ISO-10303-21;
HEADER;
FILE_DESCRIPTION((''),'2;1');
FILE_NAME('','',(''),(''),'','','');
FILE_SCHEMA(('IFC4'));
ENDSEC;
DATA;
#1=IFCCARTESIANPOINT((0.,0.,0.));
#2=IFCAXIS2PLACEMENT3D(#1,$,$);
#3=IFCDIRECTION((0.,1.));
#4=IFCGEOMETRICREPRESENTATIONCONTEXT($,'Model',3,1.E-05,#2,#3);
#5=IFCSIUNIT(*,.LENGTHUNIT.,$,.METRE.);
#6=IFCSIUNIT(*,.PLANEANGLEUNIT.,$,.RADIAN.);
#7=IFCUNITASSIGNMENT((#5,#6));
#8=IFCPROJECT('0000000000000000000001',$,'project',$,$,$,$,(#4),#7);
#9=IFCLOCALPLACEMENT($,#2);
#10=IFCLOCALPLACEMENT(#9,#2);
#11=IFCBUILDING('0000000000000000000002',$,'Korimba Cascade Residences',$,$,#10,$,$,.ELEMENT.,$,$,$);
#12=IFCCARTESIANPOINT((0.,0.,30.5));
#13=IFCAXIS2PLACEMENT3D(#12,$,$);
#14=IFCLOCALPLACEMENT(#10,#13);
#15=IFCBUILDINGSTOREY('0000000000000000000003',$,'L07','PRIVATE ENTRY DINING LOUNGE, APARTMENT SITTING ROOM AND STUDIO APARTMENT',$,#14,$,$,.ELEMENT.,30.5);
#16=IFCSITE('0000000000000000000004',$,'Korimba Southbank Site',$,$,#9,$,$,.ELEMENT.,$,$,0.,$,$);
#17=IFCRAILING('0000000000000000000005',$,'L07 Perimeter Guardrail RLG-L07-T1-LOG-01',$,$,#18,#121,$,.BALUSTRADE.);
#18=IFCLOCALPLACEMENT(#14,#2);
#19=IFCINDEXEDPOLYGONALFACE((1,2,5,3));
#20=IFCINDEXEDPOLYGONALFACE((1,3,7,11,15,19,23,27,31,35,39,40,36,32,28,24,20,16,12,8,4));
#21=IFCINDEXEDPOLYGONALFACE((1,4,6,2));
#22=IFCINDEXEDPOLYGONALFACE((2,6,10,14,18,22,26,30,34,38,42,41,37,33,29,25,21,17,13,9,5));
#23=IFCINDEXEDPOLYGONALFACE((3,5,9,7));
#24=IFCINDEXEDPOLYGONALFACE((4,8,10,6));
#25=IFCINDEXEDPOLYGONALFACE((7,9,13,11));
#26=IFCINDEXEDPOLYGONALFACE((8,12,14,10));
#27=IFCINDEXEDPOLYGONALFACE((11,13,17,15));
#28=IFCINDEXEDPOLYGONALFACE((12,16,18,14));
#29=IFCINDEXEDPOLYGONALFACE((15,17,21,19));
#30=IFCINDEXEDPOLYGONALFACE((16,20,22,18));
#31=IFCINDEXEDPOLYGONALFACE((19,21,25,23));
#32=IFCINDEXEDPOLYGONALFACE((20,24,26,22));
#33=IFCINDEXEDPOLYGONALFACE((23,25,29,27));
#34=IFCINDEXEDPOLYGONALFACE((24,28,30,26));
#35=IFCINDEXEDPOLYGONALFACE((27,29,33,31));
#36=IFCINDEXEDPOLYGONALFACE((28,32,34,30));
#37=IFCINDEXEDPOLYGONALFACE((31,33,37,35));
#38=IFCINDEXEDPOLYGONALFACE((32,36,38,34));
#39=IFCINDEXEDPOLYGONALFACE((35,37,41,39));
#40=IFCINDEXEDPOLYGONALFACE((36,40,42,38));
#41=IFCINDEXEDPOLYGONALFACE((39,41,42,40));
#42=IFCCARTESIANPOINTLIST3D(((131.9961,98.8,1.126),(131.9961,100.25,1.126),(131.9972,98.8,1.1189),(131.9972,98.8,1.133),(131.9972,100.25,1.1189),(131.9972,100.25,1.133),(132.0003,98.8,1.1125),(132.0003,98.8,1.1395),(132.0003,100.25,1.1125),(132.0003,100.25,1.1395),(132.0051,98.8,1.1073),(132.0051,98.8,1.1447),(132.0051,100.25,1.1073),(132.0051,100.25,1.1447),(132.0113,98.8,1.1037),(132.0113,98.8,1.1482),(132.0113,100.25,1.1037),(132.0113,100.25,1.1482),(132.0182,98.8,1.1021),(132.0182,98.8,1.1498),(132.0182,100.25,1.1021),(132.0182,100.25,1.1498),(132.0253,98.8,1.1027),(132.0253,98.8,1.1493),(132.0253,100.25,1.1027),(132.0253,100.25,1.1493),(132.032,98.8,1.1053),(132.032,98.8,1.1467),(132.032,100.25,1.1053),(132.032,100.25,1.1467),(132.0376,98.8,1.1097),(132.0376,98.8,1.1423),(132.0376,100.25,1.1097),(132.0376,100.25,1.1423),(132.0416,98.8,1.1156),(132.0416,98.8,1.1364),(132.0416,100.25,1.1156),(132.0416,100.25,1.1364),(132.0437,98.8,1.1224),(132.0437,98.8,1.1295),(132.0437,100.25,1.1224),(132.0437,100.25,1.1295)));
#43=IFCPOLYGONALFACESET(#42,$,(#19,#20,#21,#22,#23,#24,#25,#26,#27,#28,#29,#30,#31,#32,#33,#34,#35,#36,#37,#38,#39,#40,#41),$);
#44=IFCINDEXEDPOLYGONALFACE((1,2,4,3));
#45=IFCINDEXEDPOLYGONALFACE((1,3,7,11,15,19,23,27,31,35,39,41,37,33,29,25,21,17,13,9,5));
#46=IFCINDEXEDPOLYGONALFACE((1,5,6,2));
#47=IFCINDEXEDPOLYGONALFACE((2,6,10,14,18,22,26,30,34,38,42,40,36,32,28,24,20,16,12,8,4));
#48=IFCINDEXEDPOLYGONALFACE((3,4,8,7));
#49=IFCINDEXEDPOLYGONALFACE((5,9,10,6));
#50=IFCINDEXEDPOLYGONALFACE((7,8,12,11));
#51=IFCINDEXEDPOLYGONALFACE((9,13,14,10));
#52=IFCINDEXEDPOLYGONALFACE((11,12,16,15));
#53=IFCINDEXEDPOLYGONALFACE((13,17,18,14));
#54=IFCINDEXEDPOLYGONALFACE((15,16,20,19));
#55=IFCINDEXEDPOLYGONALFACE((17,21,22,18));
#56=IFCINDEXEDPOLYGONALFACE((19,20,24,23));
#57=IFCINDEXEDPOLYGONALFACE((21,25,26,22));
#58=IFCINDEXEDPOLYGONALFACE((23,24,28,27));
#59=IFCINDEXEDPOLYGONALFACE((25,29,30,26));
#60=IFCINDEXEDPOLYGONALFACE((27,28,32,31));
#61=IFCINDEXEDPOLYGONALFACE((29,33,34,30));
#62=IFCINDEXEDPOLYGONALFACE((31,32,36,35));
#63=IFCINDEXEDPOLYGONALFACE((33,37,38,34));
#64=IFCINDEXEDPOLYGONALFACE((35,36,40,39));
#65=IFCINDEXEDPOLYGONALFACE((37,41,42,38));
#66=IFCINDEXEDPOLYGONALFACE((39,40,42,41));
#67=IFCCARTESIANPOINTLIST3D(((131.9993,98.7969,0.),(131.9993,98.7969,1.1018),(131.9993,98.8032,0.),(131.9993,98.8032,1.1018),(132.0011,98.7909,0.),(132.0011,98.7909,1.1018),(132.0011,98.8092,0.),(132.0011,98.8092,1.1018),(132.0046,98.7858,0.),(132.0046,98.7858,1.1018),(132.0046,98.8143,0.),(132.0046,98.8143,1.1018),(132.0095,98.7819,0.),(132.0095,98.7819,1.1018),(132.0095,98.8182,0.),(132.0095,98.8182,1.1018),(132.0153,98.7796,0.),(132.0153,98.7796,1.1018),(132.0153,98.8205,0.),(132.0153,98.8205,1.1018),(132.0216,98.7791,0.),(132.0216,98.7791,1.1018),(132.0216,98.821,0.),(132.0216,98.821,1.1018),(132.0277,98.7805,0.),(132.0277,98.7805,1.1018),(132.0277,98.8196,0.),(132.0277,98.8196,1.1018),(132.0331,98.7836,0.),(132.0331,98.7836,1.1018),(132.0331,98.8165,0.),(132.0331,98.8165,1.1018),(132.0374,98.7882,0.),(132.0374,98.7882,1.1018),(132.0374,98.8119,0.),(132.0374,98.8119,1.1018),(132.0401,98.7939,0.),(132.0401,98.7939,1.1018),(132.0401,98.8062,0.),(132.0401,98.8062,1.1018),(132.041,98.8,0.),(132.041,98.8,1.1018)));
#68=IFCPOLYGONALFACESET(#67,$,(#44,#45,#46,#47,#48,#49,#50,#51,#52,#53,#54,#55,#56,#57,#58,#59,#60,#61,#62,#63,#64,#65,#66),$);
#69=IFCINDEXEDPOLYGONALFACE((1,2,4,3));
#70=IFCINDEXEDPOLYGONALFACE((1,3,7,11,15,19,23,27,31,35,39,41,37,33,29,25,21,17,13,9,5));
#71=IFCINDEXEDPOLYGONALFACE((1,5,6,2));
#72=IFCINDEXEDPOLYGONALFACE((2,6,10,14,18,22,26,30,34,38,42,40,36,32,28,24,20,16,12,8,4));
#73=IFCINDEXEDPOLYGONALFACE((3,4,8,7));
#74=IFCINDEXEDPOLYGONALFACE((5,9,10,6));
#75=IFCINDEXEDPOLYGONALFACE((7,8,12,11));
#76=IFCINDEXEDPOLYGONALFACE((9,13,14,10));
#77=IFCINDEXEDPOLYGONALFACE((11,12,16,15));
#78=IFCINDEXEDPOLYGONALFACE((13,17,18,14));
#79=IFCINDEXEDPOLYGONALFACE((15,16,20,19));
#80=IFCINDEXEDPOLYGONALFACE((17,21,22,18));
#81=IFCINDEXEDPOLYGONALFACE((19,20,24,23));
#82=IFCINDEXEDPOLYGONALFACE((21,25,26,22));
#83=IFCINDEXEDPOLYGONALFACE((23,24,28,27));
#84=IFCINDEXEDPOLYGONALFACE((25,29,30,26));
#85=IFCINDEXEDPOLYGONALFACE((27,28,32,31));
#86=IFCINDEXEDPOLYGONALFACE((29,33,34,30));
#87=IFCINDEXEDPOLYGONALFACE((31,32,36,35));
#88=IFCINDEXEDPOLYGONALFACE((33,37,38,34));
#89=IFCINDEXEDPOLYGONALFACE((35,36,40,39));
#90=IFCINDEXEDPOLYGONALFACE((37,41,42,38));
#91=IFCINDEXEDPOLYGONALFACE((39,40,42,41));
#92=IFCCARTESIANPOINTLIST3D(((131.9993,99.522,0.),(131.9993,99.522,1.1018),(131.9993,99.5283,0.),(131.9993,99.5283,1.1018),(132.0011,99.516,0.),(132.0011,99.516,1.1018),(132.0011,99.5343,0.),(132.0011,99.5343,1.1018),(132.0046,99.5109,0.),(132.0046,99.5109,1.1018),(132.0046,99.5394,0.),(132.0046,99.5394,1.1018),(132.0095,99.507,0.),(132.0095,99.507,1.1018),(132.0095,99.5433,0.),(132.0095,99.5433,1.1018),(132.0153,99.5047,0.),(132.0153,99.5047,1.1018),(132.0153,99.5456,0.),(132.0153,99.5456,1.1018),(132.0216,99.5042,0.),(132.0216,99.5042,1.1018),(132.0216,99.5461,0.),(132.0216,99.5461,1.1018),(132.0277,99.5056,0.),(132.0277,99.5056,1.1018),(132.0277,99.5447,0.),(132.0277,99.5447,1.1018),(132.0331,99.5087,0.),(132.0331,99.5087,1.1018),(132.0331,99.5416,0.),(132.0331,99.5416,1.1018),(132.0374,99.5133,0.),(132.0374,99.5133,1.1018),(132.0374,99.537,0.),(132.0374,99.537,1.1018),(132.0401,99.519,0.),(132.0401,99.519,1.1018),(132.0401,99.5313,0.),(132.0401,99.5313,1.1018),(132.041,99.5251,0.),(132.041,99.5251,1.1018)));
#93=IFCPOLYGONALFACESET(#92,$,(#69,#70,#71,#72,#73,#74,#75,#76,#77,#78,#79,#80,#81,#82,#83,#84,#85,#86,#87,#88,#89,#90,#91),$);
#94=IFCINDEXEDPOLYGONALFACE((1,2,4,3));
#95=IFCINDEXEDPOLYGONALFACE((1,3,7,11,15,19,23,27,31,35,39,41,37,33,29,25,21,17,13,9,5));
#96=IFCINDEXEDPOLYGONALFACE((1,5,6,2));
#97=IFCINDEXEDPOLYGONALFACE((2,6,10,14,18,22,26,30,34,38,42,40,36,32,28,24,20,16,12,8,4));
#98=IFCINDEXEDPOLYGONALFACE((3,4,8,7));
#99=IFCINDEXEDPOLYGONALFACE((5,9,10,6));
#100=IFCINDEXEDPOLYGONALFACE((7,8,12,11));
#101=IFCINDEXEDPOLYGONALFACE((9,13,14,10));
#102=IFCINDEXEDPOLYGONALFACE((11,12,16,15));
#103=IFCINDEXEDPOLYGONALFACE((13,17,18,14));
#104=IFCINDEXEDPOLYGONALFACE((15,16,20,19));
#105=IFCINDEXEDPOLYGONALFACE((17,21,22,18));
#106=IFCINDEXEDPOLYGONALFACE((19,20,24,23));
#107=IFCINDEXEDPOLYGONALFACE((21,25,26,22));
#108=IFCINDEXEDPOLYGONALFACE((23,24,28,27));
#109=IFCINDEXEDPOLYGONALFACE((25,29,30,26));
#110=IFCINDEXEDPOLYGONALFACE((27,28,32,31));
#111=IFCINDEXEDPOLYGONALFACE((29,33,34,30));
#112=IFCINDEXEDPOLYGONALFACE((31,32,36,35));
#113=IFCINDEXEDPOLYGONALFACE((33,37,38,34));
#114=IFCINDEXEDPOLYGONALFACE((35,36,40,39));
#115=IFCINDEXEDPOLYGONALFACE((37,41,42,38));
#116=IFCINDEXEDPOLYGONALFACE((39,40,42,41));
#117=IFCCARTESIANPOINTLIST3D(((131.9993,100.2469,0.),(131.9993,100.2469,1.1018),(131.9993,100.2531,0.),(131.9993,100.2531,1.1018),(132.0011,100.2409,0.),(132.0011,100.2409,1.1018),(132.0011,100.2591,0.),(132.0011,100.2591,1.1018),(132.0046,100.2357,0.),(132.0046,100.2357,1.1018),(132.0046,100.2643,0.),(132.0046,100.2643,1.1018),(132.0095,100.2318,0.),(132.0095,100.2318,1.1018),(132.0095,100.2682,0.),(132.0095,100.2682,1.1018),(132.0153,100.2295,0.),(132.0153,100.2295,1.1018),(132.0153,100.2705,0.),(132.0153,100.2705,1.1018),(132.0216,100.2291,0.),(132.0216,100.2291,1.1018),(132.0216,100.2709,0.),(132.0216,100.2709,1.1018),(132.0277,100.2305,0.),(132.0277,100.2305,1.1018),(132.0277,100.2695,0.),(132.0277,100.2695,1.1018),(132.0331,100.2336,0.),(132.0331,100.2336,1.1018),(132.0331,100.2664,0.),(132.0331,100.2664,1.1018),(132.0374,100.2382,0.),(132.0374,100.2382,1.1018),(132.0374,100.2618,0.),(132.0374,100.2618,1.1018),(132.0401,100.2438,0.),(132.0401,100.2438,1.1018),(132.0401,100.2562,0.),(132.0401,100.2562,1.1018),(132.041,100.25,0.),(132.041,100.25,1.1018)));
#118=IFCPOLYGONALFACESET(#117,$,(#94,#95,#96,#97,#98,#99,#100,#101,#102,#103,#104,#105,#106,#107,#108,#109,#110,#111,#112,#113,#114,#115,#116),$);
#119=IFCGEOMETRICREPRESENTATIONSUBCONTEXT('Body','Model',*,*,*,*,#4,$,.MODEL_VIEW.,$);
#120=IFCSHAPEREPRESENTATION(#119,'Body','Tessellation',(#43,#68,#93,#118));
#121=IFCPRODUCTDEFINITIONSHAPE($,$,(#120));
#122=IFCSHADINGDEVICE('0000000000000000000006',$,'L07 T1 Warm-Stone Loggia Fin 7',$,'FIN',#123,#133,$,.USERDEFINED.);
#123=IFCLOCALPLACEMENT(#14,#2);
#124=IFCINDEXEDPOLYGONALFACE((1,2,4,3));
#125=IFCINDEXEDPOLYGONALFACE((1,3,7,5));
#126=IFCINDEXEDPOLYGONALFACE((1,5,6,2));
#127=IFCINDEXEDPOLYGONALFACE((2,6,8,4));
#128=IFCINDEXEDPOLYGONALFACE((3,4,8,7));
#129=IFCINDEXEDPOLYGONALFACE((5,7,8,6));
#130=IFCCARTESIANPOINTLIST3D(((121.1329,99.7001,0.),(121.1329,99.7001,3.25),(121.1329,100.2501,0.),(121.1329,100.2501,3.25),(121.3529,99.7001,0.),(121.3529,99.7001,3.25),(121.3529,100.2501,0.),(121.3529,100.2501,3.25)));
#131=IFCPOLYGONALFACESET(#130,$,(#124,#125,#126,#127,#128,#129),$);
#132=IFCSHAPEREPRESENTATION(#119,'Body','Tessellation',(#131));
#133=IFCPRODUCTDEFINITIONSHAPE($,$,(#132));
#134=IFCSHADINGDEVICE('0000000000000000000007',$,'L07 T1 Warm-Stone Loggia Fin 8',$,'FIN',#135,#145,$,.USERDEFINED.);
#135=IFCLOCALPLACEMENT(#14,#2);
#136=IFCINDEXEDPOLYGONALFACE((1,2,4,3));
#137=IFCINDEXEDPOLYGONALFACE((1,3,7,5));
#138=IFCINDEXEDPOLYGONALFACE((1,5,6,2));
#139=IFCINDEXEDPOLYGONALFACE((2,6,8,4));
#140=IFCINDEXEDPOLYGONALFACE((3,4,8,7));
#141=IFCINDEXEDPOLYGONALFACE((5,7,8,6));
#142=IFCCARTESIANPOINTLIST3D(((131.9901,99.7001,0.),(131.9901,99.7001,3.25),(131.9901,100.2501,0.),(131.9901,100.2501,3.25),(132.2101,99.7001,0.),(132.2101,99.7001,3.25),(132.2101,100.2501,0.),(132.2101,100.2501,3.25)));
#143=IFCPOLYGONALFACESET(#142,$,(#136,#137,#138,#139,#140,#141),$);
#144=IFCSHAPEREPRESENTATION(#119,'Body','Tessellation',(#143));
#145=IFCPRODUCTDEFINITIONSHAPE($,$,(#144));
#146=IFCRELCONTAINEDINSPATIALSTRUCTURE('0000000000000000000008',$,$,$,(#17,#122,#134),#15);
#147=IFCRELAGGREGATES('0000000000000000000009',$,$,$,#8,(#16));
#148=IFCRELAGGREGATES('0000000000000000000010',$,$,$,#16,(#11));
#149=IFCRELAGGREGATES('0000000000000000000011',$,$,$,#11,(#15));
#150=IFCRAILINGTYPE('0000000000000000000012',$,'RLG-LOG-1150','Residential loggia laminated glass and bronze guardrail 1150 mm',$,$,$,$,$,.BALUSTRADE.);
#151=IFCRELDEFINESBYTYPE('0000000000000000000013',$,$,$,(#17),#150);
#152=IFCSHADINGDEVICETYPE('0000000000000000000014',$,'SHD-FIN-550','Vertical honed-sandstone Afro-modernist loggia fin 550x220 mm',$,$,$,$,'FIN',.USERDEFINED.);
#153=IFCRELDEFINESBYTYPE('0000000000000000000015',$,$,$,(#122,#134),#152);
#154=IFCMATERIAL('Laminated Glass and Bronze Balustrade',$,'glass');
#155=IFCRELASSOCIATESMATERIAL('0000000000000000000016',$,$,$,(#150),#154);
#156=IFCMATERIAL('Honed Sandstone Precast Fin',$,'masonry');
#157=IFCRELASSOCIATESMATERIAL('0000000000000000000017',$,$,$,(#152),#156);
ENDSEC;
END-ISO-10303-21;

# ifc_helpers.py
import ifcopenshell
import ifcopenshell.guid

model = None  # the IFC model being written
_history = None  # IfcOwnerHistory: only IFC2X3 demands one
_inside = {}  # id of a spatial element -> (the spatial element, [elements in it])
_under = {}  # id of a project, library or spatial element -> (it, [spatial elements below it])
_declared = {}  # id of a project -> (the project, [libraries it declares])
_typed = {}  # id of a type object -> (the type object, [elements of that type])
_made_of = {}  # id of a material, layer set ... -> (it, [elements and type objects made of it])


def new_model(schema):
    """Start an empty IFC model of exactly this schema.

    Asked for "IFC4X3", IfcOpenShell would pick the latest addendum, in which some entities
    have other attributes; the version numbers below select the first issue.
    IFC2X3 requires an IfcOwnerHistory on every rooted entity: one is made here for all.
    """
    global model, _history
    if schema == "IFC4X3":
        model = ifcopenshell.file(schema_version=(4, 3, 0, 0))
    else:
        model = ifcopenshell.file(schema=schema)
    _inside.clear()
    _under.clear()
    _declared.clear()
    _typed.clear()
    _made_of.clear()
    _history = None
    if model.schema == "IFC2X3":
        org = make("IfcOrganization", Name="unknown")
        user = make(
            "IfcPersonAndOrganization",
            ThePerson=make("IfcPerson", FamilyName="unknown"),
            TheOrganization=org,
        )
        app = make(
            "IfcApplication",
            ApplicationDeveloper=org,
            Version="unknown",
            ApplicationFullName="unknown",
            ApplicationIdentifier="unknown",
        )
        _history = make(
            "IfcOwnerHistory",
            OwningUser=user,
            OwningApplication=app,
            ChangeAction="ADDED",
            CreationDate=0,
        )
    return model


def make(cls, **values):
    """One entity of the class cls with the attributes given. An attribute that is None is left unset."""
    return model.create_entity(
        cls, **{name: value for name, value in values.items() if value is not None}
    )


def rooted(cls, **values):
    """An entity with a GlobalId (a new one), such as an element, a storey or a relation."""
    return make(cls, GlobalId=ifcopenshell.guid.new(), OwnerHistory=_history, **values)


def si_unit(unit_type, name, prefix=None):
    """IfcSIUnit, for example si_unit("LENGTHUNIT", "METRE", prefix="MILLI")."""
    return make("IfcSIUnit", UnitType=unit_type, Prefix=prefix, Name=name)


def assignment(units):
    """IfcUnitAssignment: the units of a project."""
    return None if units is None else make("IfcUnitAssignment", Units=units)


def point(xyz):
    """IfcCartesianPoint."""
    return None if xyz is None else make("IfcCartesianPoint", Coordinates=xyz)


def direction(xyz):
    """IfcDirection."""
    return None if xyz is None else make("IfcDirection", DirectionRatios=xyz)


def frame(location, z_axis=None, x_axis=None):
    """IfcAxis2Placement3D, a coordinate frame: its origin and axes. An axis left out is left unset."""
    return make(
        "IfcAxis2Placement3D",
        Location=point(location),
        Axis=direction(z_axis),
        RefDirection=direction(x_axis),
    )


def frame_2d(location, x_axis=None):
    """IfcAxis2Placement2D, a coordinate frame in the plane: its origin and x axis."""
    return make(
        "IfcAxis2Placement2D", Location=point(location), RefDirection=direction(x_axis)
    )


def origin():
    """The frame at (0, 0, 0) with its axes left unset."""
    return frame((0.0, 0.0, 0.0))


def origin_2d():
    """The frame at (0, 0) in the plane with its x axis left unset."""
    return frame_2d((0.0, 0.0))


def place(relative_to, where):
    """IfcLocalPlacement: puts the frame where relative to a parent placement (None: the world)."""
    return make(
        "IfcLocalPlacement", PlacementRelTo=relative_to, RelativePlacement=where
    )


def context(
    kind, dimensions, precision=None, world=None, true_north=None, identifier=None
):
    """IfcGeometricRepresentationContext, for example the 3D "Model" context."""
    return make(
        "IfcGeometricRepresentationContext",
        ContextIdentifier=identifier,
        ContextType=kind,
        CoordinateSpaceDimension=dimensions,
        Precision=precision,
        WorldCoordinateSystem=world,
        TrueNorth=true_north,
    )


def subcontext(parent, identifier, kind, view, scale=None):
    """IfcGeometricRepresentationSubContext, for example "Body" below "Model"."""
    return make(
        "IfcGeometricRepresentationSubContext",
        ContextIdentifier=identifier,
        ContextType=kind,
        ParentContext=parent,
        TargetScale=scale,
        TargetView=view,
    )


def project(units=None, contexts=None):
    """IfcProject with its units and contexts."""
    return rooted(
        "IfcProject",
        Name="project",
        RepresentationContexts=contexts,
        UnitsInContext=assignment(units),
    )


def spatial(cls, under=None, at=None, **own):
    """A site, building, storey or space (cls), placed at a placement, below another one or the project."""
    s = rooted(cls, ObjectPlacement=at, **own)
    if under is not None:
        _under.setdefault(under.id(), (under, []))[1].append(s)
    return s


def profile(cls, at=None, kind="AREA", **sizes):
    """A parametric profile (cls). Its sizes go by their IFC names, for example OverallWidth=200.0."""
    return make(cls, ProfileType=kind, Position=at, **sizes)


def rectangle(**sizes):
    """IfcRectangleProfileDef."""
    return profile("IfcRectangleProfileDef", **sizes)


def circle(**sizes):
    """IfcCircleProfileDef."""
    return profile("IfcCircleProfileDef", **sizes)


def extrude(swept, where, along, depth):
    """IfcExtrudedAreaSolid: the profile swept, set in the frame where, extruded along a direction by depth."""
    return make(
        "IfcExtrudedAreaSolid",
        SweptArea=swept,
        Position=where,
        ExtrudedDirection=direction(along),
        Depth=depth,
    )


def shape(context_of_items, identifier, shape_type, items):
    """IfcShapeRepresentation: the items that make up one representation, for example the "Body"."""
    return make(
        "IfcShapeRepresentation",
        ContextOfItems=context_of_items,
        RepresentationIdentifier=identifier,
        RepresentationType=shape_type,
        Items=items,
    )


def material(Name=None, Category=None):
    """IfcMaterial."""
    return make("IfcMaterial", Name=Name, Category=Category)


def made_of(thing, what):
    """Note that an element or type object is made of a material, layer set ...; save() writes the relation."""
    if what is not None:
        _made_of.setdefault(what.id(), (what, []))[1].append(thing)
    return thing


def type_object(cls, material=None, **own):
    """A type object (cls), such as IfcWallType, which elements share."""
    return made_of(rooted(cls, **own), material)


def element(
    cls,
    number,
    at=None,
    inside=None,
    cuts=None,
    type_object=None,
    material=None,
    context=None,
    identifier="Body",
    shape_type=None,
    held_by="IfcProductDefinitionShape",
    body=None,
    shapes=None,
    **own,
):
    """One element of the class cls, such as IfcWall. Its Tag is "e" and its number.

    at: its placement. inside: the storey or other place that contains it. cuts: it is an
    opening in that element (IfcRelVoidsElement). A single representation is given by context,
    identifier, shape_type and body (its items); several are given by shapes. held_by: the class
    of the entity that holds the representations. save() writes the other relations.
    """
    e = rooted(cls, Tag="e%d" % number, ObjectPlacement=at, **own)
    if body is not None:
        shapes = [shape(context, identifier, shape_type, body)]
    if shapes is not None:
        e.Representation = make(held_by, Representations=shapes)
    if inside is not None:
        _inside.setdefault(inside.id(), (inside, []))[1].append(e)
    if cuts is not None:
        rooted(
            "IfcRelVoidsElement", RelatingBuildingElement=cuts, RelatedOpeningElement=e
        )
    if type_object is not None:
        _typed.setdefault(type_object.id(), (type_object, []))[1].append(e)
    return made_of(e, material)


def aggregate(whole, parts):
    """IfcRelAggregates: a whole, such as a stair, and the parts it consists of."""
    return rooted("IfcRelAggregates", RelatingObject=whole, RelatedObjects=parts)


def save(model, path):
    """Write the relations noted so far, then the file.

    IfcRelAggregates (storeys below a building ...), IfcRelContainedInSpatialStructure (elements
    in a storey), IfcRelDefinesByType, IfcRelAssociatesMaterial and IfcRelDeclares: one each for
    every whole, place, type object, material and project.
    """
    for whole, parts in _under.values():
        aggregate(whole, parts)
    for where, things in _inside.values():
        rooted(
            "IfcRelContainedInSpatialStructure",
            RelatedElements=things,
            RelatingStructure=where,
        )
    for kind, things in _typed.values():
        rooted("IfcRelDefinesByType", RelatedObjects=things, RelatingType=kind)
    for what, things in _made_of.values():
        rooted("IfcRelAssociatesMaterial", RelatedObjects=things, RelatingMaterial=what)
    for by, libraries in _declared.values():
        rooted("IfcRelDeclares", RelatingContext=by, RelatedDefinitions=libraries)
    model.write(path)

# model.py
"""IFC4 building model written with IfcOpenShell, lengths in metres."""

from ifc_helpers import new_model, si_unit, direction, frame, origin, origin_2d, place, context, subcontext, project, spatial, rectangle, circle, extrude, material, type_object, element, save


model = new_model("IFC4")

# Units and contexts
model_context = context("Model", 3, precision=1e-05, world=origin(), true_north=direction((0.0, 1.0)))
body_context = subcontext(model_context, "Body", "Model", "MODEL_VIEW")
ifc_project = project(units=[si_unit("LENGTHUNIT", "METRE"), si_unit("PLANEANGLEUNIT", "RADIAN")], contexts=[model_context])

# Site, building, storey
site_placement = place(None, origin())
site = spatial("IfcSite", under=ifc_project, at=site_placement, Name="Korimba Southbank Site", CompositionType="ELEMENT", RefElevation=0.0)
building_placement = place(site_placement, origin())
building = spatial("IfcBuilding", under=site, at=building_placement, Name="Korimba Cascade Residences", CompositionType="ELEMENT")
storey_placement = place(building_placement, frame((0.0, 0.0, 30.5)))
storey = spatial("IfcBuildingStorey", under=building, at=storey_placement, Name="L07", Description="PRIVATE ENTRY DINING LOUNGE, APARTMENT SITTING ROOM AND STUDIO APARTMENT", CompositionType="ELEMENT", Elevation=30.5)

# Railing
ifc_material_1 = material(Name="Laminated Glass and Bronze Balustrade", Category="glass")
railing_type = type_object("IfcRailingType", Name="RLG-LOG-1150", Description="Residential loggia laminated glass and bronze guardrail 1150 mm", PredefinedType="BALUSTRADE", material=ifc_material_1)
railing_placement = place(storey_placement, frame((132.02, 98.8, 0.0)))
element("IfcRailing", 1, at=railing_placement, inside=storey, type_object=railing_type, Name="L07 Perimeter Guardrail RLG-L07-T1-LOG-01", PredefinedType="BALUSTRADE", context=body_context, shape_type="SweptSolid", body=[
    extrude(circle(Radius=0.0239, at=origin_2d()), frame((0.0, 0.0, 1.126), z_axis=(0.0, 1.0, 0.0), x_axis=(-1.0, 0.0, 0.0)), (0.0, 0.0, 1.0), 1.45),
    extrude(circle(Radius=0.021, at=origin_2d()), origin(), (0.0, 0.0, 1.0), 1.1018),
    extrude(circle(Radius=0.021, at=origin_2d()), frame((0.0, 0.7251, 0.0)), (0.0, 0.0, 1.0), 1.1018),
    extrude(circle(Radius=0.021, at=origin_2d()), frame((0.0, 1.45, 0.0)), (0.0, 0.0, 1.0), 1.1018),
])

# Shading devices
ifc_material_2 = material(Name="Honed Sandstone Precast Fin", Category="masonry")
shading_device_type = type_object("IfcShadingDeviceType", Name="SHD-FIN-550", Description="Vertical honed-sandstone Afro-modernist loggia fin 550x220 mm", ElementType="FIN", PredefinedType="USERDEFINED", material=ifc_material_2)
for number, where, z_axis, x_axis, name in (
    (2, (121.2429, 99.9751, 0.0), (0.0, 0.0, 1.0), (1.0, 0.0, 0.0), "L07 T1 Warm-Stone Loggia Fin 7"),
    (3, (132.1001, 99.9751, 0.0), (0.0, 0.0, 1.0), (1.0, 0.0, 0.0), "L07 T1 Warm-Stone Loggia Fin 8"),
):
    element("IfcShadingDevice", number, at=place(storey_placement, frame(where, z_axis=z_axis, x_axis=x_axis)), inside=storey, type_object=shading_device_type, Name=name, ObjectType="FIN", PredefinedType="USERDEFINED", context=body_context, shape_type="SweptSolid", body=[
        extrude(rectangle(XDim=0.22, YDim=0.55, at=origin_2d()), origin(), (0.0, 0.0, 1.0), 3.25),
    ])

save(model, "model.ifc")
